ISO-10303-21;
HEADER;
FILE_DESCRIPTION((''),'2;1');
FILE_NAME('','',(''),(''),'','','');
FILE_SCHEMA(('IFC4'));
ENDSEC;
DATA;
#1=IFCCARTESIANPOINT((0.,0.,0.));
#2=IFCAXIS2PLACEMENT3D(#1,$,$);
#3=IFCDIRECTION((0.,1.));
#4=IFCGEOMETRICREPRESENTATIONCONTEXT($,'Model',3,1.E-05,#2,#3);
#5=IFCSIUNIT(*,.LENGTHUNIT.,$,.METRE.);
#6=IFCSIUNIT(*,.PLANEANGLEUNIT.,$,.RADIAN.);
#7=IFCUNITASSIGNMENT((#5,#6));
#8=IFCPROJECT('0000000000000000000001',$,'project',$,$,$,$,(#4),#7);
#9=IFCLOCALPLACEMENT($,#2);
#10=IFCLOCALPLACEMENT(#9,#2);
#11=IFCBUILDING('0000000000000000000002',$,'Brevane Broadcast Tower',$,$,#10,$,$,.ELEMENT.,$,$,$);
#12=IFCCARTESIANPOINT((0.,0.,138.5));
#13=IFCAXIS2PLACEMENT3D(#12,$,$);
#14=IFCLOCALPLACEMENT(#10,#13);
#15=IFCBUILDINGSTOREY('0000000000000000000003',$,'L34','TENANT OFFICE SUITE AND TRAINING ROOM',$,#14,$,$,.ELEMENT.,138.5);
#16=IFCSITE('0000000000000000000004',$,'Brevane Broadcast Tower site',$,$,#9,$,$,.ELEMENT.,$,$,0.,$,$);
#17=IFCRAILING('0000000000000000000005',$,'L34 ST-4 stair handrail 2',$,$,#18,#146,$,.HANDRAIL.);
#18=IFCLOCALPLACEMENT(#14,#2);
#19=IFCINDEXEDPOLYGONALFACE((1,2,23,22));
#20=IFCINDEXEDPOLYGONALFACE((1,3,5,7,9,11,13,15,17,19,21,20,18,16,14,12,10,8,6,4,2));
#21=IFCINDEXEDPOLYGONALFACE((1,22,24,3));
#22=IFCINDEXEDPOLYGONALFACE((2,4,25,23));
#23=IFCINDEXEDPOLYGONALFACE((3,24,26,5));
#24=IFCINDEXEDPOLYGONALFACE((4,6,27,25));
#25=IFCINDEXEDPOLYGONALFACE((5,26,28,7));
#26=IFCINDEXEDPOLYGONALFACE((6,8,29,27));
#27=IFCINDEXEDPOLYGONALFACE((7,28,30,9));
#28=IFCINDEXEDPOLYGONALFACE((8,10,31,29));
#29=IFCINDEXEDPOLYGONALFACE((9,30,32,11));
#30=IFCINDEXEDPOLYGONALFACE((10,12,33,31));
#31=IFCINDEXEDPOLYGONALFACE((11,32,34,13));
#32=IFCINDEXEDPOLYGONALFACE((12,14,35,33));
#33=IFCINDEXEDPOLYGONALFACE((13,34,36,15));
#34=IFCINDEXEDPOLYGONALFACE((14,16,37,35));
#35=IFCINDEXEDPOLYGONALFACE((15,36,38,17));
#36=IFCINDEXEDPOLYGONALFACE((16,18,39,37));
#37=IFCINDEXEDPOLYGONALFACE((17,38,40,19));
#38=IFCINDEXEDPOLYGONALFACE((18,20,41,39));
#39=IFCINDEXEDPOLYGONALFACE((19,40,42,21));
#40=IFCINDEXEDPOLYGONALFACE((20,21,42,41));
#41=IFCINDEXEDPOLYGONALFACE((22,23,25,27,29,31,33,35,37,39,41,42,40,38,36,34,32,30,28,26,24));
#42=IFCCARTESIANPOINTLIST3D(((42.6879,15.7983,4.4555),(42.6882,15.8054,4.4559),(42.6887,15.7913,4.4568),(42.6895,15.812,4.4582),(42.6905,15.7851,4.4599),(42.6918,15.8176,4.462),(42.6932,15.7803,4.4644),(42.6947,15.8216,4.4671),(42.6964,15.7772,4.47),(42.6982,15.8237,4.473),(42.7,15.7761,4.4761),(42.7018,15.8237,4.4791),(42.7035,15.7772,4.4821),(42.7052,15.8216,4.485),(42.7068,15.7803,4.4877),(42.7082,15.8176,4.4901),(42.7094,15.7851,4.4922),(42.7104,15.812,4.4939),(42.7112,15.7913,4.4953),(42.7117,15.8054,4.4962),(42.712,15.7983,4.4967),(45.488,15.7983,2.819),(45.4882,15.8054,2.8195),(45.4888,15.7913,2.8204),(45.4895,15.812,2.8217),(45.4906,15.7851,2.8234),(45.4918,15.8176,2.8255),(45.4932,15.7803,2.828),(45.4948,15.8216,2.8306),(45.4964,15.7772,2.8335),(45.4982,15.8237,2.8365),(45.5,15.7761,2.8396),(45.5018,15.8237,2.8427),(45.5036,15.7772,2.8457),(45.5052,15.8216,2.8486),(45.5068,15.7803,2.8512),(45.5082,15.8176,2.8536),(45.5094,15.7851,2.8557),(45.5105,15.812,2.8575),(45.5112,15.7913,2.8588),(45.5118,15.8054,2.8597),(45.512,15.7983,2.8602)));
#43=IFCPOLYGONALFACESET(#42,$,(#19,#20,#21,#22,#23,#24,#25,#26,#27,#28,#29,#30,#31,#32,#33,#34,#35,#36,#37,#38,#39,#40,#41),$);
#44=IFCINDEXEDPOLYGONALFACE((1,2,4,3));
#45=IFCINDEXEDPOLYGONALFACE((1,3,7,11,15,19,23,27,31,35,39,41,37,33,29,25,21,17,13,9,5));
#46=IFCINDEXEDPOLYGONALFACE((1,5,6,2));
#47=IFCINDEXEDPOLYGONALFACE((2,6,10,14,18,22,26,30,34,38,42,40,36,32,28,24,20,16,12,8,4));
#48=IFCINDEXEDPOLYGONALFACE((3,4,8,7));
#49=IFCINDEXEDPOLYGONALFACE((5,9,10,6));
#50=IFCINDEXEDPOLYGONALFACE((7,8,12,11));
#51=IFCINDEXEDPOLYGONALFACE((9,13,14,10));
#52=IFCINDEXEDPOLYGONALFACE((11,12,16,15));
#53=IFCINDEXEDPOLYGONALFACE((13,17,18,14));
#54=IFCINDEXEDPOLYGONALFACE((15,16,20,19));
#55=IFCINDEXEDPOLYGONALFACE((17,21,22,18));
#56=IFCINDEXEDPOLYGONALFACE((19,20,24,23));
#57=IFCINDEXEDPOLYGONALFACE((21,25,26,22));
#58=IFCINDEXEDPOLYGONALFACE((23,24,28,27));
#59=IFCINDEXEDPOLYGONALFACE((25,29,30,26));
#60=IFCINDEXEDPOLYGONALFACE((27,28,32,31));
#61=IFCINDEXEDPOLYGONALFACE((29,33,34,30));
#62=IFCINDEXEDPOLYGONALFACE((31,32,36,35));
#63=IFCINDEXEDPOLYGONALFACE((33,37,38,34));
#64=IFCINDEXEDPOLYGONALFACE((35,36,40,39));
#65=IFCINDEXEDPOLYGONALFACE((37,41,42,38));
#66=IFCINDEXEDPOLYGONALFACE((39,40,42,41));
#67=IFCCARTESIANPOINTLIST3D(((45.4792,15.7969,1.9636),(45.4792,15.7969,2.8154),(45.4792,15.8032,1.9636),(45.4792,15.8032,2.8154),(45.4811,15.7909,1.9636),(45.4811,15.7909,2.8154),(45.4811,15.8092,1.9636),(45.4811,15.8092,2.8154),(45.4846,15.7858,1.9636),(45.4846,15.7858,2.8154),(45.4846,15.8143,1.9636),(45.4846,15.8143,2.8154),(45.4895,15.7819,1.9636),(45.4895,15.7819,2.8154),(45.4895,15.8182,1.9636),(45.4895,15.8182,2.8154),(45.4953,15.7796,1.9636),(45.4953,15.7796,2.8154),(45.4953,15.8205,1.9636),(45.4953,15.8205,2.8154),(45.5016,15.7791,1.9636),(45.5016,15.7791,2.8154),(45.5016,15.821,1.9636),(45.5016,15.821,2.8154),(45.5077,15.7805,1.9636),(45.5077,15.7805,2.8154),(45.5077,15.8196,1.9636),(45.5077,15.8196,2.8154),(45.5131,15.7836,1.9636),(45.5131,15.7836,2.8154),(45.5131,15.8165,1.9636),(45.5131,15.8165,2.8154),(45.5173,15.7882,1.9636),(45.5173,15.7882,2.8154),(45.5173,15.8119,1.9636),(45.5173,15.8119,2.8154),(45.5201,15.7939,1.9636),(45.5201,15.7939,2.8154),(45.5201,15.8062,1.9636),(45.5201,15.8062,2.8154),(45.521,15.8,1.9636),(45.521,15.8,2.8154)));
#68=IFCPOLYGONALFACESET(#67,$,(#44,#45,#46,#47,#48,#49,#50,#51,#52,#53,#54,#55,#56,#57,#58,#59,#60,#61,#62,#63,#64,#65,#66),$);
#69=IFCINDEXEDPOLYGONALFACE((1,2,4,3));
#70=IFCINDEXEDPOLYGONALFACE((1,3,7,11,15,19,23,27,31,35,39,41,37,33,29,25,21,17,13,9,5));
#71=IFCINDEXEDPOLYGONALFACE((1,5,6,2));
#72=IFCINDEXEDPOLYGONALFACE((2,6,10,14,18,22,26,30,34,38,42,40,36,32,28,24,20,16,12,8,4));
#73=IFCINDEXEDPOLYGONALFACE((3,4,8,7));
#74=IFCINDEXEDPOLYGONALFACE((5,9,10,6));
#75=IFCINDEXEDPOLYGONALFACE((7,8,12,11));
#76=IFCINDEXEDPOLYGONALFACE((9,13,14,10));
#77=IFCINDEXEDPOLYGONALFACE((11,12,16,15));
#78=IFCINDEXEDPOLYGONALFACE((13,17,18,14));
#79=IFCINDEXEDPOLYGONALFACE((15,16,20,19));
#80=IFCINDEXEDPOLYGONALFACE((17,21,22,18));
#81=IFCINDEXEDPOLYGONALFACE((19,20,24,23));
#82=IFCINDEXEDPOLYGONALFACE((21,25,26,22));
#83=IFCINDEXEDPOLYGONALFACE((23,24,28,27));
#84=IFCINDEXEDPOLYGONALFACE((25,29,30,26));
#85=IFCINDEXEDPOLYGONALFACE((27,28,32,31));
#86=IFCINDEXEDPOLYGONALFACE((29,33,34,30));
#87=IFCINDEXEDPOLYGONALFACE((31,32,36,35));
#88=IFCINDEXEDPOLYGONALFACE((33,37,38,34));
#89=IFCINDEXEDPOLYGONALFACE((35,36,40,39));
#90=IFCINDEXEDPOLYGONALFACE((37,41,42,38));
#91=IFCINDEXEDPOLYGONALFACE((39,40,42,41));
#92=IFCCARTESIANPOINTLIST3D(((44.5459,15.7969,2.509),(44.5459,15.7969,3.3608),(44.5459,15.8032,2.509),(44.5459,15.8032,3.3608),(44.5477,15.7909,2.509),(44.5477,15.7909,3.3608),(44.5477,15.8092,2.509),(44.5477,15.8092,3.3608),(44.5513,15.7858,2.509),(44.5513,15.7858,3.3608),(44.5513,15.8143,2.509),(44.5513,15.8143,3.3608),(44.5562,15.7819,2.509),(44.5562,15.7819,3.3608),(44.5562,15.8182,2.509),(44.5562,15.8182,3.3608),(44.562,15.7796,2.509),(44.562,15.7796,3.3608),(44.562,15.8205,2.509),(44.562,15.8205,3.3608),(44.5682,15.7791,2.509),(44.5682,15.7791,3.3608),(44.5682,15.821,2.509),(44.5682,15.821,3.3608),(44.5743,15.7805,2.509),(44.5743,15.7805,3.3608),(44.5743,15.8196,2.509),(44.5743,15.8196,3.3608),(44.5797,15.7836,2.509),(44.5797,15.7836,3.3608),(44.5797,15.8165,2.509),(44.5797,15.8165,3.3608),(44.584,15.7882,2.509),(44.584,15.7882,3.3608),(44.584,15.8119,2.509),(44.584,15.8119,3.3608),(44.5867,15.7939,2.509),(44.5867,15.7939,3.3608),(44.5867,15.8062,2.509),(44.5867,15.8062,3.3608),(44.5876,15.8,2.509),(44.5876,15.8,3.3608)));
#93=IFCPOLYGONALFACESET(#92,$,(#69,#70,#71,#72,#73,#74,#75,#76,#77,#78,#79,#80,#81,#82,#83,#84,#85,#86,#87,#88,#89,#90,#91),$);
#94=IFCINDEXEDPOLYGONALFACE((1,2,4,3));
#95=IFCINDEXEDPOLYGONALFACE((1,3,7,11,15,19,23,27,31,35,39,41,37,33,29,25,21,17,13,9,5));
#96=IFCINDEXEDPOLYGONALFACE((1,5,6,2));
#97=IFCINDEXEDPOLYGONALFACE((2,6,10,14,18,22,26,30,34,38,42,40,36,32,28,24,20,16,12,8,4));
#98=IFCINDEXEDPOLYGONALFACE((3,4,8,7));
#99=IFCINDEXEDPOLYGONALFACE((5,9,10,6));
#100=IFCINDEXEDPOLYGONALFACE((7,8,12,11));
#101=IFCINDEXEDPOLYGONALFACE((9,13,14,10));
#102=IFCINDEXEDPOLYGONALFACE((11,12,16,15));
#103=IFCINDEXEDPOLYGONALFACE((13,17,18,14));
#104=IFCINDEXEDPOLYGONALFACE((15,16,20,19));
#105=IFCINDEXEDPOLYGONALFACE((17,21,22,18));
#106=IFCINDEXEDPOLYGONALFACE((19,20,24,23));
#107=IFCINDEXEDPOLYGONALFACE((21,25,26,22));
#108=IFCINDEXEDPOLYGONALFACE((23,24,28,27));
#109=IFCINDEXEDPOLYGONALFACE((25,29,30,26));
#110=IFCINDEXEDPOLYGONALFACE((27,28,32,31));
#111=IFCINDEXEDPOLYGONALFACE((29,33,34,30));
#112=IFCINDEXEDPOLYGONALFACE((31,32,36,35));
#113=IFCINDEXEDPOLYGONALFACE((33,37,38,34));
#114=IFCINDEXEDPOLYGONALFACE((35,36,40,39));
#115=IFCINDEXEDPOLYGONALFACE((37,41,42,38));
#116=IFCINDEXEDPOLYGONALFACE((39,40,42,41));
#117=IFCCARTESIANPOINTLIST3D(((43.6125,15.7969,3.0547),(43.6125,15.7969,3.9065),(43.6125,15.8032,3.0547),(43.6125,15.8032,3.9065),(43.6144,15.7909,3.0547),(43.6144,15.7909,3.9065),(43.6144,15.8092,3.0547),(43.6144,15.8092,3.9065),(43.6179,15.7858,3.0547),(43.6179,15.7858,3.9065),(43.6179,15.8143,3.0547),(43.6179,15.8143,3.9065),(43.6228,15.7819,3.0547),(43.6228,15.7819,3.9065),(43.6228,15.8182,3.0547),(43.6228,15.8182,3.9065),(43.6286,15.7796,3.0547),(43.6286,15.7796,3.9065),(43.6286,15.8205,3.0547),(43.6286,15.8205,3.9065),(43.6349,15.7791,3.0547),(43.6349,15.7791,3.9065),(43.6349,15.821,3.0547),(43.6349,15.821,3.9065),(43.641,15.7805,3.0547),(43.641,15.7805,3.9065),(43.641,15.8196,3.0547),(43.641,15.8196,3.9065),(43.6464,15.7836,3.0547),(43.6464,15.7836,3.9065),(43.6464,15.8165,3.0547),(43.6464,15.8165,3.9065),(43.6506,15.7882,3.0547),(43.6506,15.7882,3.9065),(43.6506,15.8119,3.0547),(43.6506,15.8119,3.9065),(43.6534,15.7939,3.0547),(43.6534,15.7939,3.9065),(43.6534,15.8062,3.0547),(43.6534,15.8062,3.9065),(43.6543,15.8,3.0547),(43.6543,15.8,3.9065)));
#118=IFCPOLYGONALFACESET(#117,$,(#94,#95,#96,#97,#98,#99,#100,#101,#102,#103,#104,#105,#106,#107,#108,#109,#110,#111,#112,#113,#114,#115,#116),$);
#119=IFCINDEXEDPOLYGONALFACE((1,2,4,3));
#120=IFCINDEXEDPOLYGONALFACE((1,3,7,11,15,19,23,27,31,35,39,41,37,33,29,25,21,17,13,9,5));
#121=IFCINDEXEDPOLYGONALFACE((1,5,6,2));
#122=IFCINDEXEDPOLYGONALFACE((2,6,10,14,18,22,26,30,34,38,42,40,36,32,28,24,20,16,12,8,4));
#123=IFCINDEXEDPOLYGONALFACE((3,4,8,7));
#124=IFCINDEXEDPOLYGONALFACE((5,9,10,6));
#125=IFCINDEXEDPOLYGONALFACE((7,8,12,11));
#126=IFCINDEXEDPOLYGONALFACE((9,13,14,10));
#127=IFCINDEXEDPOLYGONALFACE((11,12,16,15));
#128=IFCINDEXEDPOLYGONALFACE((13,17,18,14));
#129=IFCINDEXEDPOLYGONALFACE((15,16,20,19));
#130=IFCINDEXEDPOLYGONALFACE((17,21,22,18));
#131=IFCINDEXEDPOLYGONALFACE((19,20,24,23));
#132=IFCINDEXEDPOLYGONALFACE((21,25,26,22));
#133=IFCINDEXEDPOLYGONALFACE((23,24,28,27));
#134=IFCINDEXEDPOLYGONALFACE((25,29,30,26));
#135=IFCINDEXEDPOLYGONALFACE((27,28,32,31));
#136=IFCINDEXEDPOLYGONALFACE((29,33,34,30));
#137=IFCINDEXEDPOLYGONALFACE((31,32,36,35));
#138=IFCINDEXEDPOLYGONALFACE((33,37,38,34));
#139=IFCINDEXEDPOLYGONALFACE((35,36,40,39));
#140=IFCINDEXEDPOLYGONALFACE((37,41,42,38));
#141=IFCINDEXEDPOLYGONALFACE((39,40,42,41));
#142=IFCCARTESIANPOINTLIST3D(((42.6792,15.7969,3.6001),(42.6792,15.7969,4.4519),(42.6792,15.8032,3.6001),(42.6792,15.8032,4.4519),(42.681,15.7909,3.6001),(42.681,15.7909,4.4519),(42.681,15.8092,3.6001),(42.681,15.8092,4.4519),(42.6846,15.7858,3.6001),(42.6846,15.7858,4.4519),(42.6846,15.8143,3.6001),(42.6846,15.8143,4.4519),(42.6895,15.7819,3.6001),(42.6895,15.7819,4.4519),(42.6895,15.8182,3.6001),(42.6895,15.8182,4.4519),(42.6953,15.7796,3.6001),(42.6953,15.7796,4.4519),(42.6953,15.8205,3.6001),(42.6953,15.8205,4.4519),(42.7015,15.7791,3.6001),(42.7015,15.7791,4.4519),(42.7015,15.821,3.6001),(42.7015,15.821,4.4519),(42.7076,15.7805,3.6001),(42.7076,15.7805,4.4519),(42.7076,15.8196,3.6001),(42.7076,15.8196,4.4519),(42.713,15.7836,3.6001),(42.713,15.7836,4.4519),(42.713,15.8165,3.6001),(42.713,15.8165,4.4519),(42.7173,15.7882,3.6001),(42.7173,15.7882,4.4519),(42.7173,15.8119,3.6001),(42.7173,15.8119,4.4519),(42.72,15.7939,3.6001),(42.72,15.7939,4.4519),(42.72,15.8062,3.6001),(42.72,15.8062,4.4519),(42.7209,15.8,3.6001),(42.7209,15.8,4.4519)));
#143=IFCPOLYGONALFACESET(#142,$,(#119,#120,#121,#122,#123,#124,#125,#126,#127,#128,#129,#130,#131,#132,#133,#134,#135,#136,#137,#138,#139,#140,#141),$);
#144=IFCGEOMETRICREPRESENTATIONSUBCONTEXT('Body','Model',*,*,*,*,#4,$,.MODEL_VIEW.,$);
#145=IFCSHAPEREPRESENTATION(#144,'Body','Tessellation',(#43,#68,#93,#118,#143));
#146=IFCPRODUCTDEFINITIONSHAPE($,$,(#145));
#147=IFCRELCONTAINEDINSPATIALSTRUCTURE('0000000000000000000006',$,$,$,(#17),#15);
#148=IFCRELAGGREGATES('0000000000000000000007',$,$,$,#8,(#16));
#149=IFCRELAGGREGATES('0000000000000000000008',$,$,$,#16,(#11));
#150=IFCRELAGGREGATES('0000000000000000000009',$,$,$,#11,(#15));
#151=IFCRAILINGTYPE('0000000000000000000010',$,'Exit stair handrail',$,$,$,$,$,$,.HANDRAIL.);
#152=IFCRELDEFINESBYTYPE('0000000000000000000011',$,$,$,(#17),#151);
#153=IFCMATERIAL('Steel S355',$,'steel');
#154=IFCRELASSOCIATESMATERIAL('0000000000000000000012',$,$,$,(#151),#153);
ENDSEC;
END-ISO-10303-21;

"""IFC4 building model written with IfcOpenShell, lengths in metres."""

from ifc_helpers import new_model, si_unit, direction, frame, origin, origin_2d, place, context, subcontext, project, spatial, circle, extrude, material, type_object, element, save


model = new_model("IFC4")

# Units and contexts
model_context = context("Model", 3, precision=1e-05, world=origin(), true_north=direction((0.0, 1.0)))
body_context = subcontext(model_context, "Body", "Model", "MODEL_VIEW")
ifc_project = project(units=[si_unit("LENGTHUNIT", "METRE"), si_unit("PLANEANGLEUNIT", "RADIAN")], contexts=[model_context])

# Site, building, storey
site_placement = place(None, origin())
site = spatial("IfcSite", under=ifc_project, at=site_placement, Name="Brevane Broadcast Tower site", CompositionType="ELEMENT", RefElevation=0.0)
building_placement = place(site_placement, origin())
building = spatial("IfcBuilding", under=site, at=building_placement, Name="Brevane Broadcast Tower", CompositionType="ELEMENT")
storey_placement = place(building_placement, frame((0.0, 0.0, 138.5)))
storey = spatial("IfcBuildingStorey", under=building, at=storey_placement, Name="L34", Description="TENANT OFFICE SUITE AND TRAINING ROOM", CompositionType="ELEMENT", Elevation=138.5)

# Railing
ifc_material_1 = material(Name="Steel S355", Category="steel")
railing_type_1 = type_object("IfcRailingType", Name="Exit stair handrail", PredefinedType="HANDRAIL", material=ifc_material_1)
railing_1_placement = place(storey_placement, frame((45.5, 15.8, 1.9636)))
element("IfcRailing", 1, at=railing_1_placement, inside=storey, type_object=railing_type_1, Name="L34 ST-4 stair handrail 2", PredefinedType="HANDRAIL", context=body_context, shape_type="SweptSolid", body=[
    extrude(circle(Radius=0.0239, at=origin_2d()), frame((0.0, 0.0, 0.876), z_axis=(-0.863361, 0.0, 0.504587), x_axis=(0.0, -1.0, 0.0)), (0.0, 0.0, 1.0), 3.2432),
    extrude(circle(Radius=0.021, at=origin_2d()), origin(), (0.0, 0.0, 1.0), 0.8518),
    extrude(circle(Radius=0.021, at=origin_2d()), frame((-0.9333, 0.0, 0.5454)), (0.0, 0.0, 1.0), 0.8518),
    extrude(circle(Radius=0.021, at=origin_2d()), frame((-1.8667, 0.0, 1.0911)), (0.0, 0.0, 1.0), 0.8518),
    extrude(circle(Radius=0.021, at=origin_2d()), frame((-2.8, 0.0, 1.6365)), (0.0, 0.0, 1.0), 0.8518),
])

save(model, "model.ifc")
